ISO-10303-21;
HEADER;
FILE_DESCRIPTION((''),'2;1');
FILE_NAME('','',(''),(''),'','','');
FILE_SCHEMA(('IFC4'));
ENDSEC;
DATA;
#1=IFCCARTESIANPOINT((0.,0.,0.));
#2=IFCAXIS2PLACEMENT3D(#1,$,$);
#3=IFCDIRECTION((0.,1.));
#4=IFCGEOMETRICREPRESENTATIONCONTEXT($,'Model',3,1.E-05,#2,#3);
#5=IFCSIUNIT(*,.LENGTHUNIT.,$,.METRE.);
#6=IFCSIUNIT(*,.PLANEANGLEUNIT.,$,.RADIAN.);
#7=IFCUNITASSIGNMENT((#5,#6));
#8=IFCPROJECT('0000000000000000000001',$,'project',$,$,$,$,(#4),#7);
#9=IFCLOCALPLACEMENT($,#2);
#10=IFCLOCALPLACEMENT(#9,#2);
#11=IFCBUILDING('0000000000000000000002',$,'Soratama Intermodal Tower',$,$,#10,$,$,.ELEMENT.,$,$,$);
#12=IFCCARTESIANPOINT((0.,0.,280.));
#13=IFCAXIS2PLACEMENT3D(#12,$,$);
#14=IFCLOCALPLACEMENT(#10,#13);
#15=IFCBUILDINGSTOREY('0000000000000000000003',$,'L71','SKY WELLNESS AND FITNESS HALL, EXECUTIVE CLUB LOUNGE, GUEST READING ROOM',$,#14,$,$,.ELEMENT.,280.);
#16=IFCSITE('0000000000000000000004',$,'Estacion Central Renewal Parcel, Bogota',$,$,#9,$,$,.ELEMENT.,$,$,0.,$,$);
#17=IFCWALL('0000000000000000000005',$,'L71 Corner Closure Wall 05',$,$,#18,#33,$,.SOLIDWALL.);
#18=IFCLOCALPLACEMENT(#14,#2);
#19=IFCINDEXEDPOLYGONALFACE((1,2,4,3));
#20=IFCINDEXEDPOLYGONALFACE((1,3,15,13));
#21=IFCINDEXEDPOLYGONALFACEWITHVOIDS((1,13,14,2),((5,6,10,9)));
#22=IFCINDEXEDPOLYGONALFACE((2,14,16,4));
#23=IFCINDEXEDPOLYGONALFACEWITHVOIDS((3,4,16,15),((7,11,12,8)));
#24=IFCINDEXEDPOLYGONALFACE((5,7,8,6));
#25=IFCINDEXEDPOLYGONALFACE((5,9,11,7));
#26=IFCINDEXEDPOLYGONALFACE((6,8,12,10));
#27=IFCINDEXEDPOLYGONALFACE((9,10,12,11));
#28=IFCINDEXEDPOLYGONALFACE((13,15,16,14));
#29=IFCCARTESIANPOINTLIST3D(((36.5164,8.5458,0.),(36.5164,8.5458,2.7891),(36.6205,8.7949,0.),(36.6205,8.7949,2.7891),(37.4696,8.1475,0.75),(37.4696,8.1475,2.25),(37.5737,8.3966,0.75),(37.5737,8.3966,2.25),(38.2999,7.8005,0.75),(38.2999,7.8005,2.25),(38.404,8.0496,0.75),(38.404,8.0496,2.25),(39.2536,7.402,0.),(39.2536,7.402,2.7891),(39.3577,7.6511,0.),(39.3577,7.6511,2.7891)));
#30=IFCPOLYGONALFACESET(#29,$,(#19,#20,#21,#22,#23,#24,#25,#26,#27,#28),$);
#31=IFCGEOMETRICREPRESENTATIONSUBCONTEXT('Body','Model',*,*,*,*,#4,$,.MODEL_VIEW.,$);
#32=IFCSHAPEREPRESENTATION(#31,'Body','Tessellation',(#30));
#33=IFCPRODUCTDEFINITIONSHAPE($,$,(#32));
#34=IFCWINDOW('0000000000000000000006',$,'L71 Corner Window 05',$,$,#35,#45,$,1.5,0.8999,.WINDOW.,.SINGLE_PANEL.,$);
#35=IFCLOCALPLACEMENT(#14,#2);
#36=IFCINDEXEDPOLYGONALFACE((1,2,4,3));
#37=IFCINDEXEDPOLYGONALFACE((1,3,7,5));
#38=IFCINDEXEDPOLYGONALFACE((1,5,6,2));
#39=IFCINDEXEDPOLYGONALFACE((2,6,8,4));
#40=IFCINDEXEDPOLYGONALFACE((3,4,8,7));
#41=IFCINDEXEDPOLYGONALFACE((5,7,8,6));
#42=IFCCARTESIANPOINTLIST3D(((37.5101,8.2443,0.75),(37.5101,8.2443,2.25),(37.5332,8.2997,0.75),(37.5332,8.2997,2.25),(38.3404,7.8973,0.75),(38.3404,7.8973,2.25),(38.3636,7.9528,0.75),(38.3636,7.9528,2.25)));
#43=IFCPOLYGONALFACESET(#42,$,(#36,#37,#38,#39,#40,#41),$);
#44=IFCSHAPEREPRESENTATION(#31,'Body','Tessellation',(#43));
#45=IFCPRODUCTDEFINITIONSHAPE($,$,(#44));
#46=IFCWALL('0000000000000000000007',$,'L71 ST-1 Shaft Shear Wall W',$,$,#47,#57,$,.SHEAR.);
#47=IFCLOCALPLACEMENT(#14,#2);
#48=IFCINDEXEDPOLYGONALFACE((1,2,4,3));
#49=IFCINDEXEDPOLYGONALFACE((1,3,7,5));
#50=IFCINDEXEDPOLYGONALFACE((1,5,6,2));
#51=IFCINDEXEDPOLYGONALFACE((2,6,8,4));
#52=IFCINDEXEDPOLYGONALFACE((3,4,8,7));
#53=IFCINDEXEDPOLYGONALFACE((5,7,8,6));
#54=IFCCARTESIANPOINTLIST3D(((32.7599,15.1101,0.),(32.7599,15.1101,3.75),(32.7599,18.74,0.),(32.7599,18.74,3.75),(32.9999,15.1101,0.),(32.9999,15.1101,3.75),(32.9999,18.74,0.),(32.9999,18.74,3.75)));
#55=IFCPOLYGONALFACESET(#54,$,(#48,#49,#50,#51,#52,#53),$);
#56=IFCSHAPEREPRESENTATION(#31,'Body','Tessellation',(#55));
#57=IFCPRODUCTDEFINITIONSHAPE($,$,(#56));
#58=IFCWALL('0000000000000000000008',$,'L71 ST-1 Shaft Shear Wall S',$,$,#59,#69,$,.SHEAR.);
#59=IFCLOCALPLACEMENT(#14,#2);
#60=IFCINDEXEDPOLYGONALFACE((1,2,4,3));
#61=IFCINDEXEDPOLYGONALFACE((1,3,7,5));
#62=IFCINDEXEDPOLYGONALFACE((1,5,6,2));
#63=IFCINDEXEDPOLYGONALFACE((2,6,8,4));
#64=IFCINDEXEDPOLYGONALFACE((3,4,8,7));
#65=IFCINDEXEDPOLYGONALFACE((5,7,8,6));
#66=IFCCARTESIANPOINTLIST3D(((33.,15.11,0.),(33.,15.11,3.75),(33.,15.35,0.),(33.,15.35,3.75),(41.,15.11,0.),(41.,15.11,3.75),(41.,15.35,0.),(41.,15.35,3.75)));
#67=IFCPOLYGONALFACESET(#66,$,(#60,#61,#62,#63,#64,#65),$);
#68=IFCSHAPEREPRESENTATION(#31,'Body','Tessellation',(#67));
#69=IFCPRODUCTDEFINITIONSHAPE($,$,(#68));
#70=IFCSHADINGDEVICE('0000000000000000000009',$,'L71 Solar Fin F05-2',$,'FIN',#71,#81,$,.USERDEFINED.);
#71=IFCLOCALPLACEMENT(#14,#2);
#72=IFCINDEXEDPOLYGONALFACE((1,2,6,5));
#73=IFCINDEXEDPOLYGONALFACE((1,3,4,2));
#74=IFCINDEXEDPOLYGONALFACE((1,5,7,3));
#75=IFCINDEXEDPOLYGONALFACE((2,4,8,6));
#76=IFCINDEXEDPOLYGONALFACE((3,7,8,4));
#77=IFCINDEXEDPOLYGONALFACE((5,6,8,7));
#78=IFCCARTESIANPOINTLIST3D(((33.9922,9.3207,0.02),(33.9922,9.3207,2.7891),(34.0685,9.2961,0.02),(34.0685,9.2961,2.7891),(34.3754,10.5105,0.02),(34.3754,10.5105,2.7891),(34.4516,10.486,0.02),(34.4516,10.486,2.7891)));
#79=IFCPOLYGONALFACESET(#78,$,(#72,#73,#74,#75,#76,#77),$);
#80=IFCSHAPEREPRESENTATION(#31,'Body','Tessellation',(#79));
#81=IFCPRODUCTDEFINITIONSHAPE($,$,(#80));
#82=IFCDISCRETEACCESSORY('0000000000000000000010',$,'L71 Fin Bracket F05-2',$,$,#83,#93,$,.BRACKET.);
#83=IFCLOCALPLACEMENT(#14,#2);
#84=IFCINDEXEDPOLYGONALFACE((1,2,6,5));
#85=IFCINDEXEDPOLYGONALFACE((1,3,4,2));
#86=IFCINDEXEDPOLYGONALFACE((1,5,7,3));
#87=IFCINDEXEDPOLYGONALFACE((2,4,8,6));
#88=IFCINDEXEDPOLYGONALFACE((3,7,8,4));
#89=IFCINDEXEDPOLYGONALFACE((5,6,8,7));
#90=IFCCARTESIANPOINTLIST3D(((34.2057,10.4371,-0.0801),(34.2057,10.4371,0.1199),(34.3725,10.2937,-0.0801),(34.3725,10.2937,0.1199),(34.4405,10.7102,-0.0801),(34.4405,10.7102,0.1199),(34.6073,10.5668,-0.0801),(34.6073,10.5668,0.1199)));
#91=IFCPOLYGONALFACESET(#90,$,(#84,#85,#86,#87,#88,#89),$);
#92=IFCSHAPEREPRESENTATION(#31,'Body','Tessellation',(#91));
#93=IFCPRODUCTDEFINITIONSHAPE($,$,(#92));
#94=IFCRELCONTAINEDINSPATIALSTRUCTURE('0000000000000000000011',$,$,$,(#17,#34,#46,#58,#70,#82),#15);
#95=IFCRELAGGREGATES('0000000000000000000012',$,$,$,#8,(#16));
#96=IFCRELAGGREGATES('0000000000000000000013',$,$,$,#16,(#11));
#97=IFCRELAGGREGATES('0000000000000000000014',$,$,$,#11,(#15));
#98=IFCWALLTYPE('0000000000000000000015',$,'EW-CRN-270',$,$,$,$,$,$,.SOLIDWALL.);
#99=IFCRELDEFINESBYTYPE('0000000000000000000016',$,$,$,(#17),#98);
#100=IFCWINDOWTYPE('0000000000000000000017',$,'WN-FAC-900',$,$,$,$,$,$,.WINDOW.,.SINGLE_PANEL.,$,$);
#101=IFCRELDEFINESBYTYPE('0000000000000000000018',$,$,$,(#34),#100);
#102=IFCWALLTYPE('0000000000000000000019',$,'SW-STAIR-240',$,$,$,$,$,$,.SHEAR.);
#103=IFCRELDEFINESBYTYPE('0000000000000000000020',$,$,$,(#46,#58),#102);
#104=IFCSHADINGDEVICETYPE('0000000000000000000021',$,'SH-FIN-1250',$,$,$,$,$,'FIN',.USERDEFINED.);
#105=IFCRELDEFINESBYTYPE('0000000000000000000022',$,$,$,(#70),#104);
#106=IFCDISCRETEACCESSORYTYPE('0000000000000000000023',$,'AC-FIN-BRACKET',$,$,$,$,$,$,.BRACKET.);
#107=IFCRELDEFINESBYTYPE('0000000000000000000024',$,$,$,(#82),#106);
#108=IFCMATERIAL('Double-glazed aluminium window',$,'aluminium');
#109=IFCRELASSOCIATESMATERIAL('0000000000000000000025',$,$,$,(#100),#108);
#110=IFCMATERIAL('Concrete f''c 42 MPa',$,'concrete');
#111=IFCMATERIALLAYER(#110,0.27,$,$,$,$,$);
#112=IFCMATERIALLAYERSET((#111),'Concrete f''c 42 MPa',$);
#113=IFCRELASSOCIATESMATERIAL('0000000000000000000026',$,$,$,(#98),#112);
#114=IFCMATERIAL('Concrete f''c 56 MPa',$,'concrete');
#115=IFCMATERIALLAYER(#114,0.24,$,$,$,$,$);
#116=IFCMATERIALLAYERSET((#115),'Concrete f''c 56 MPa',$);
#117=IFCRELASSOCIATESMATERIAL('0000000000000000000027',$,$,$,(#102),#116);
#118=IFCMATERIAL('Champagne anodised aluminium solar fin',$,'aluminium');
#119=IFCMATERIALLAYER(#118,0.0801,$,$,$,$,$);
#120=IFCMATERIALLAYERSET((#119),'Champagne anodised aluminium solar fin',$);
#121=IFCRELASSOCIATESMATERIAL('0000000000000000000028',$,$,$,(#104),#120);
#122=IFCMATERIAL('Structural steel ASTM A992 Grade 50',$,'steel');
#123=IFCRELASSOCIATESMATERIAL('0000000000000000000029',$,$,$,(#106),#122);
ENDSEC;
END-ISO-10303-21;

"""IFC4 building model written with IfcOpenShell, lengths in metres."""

from ifc_helpers import new_model, si_unit, direction, frame, frame_2d, origin, origin_2d, place, context, subcontext, project, spatial, rectangle, extrude, material, layer, layer_set, type_object, element, fill, save


model = new_model("IFC4")

# Units and contexts
model_context = context("Model", 3, precision=1e-05, world=origin(), true_north=direction((0.0, 1.0)))
body_context = subcontext(model_context, "Body", "Model", "MODEL_VIEW")
ifc_project = project(units=[si_unit("LENGTHUNIT", "METRE"), si_unit("PLANEANGLEUNIT", "RADIAN")], contexts=[model_context])

# Site, building, storey
site_placement = place(None, origin())
site = spatial("IfcSite", under=ifc_project, at=site_placement, Name="Estacion Central Renewal Parcel, Bogota", CompositionType="ELEMENT", RefElevation=0.0)
building_placement = place(site_placement, origin())
building = spatial("IfcBuilding", under=site, at=building_placement, Name="Soratama Intermodal Tower", CompositionType="ELEMENT")
storey_placement = place(building_placement, frame((0.0, 0.0, 280.0)))
storey = spatial("IfcBuildingStorey", under=building, at=storey_placement, Name="L71", Description="SKY WELLNESS AND FITNESS HALL, EXECUTIVE CLUB LOUNGE, GUEST READING ROOM", CompositionType="ELEMENT", Elevation=280.0)

# Shared definitions
ifc_material_1 = material(Name="Double-glazed aluminium window", Category="aluminium")
window_type = type_object("IfcWindowType", Name="WN-FAC-900", PartitioningType="SINGLE_PANEL", PredefinedType="WINDOW", material=ifc_material_1)

# Wall, opening, window
ifc_material_2 = material(Name="Concrete f'c 42 MPa", Category="concrete")
ifc_layer_1 = layer(ifc_material_2, 0.27)
ifc_layer_set_1 = layer_set([ifc_layer_1], Name="Concrete f'c 42 MPa")
wall_type_1 = type_object("IfcWallType", Name="EW-CRN-270", PredefinedType="SOLIDWALL", material=ifc_layer_set_1)
wall_1_placement = place(storey_placement, frame((36.5684, 8.6704, 0.0), z_axis=(0.0, 0.0, 1.0), x_axis=(0.922675, -0.385579, 0.0)))
wall_1 = element("IfcWall", 1, at=wall_1_placement, inside=storey, type_object=wall_type_1, Name="L71 Corner Closure Wall 05", PredefinedType="SOLIDWALL", context=body_context, shape_type="SweptSolid", body=[
    extrude(rectangle(XDim=2.9666, YDim=0.27, at=frame_2d((1.4834, 0.0))), origin(), (0.0, 0.0, 1.0), 2.7891),
])
opening_1_placement = place(wall_1_placement, frame((1.0332, 0.0, 0.75)))
opening_1 = element("IfcOpeningElement", 2, at=opening_1_placement, cuts=wall_1, PredefinedType="OPENING", context=body_context, shape_type="SweptSolid", body=[
    extrude(rectangle(XDim=0.8999, YDim=1.5, at=frame_2d((0.45, 0.75))), frame((0.0, 0.145, 0.0), z_axis=(0.0, -1.0, 0.0), x_axis=(1.0, 0.0, 0.0)), (0.0, 0.0, 1.0), 0.29),
])
window_1_placement = place(opening_1_placement, origin())
window_1 = element("IfcWindow", 3, at=window_1_placement, inside=storey, type_object=window_type, Name="L71 Corner Window 05", OverallHeight=1.5, OverallWidth=0.8999, PartitioningType="SINGLE_PANEL", PredefinedType="WINDOW", context=body_context, shape_type="SweptSolid", body=[
    extrude(rectangle(XDim=0.8999, YDim=1.5, at=frame_2d((0.45, 0.75))), frame((0.0, 0.03, 0.0), z_axis=(0.0, -1.0, 0.0), x_axis=(1.0, 0.0, 0.0)), (0.0, 0.0, 1.0), 0.0601),
])
fill(opening_1, window_1)

# Walls
ifc_material_3 = material(Name="Concrete f'c 56 MPa", Category="concrete")
ifc_layer_2 = layer(ifc_material_3, 0.24)
ifc_layer_set_2 = layer_set([ifc_layer_2], Name="Concrete f'c 56 MPa")
wall_type_2 = type_object("IfcWallType", Name="SW-STAIR-240", PredefinedType="SHEAR", material=ifc_layer_set_2)
wall_2_placement = place(storey_placement, frame((32.8799, 15.1101, 0.0), z_axis=(0.0, 0.0, 1.0), x_axis=(0.0, 1.0, 0.0)))
element("IfcWall", 4, at=wall_2_placement, inside=storey, type_object=wall_type_2, Name="L71 ST-1 Shaft Shear Wall W", PredefinedType="SHEAR", context=body_context, shape_type="SweptSolid", body=[
    extrude(rectangle(XDim=3.6299, YDim=0.24, at=frame_2d((1.8149, 0.0))), origin(), (0.0, 0.0, 1.0), 3.75),
])
wall_3_placement = place(storey_placement, frame((33.0, 15.23, 0.0), z_axis=(0.0, 0.0, 1.0), x_axis=(1.0, 0.0, 0.0)))
element("IfcWall", 5, at=wall_3_placement, inside=storey, type_object=wall_type_2, Name="L71 ST-1 Shaft Shear Wall S", PredefinedType="SHEAR", context=body_context, shape_type="SweptSolid", body=[
    extrude(rectangle(XDim=8.0, YDim=0.24, at=frame_2d((4.0, 0.0))), origin(), (0.0, 0.0, 1.0), 3.75),
])

# Shading device
ifc_material_4 = material(Name="Champagne anodised aluminium solar fin", Category="aluminium")
ifc_layer_3 = layer(ifc_material_4, 0.0801)
ifc_layer_set_3 = layer_set([ifc_layer_3], Name="Champagne anodised aluminium solar fin")
shading_device_type = type_object("IfcShadingDeviceType", Name="SH-FIN-1250", ElementType="FIN", PredefinedType="USERDEFINED", material=ifc_layer_set_3)
shading_device_placement = place(storey_placement, frame((34.2219, 9.9033, 0.02), z_axis=(0.0, 0.0, 1.0), x_axis=(-0.306526, -0.951862, 0.0)))
element("IfcShadingDevice", 6, at=shading_device_placement, inside=storey, type_object=shading_device_type, Name="L71 Solar Fin F05-2", ObjectType="FIN", PredefinedType="USERDEFINED", context=body_context, shape_type="SweptSolid", body=[
    extrude(rectangle(XDim=1.25, YDim=0.0801, at=origin_2d()), origin(), (0.0, 0.0, 1.0), 2.769),
])

# Discrete accessory
ifc_material_5 = material(Name="Structural steel ASTM A992 Grade 50", Category="steel")
discrete_accessory_type = type_object("IfcDiscreteAccessoryType", Name="AC-FIN-BRACKET", PredefinedType="BRACKET", material=ifc_material_5)
discrete_accessory_placement = place(storey_placement, frame((34.4065, 10.502, -0.0801), z_axis=(0.0, 0.0, 1.0), x_axis=(-0.651834, -0.758362, 0.0)))
element("IfcDiscreteAccessory", 7, at=discrete_accessory_placement, inside=storey, type_object=discrete_accessory_type, Name="L71 Fin Bracket F05-2", PredefinedType="BRACKET", context=body_context, shape_type="SweptSolid", body=[
    extrude(rectangle(XDim=0.3601, YDim=0.22, at=origin_2d()), origin(), (0.0, 0.0, 1.0), 0.2),
])

save(model, "model.ifc")
